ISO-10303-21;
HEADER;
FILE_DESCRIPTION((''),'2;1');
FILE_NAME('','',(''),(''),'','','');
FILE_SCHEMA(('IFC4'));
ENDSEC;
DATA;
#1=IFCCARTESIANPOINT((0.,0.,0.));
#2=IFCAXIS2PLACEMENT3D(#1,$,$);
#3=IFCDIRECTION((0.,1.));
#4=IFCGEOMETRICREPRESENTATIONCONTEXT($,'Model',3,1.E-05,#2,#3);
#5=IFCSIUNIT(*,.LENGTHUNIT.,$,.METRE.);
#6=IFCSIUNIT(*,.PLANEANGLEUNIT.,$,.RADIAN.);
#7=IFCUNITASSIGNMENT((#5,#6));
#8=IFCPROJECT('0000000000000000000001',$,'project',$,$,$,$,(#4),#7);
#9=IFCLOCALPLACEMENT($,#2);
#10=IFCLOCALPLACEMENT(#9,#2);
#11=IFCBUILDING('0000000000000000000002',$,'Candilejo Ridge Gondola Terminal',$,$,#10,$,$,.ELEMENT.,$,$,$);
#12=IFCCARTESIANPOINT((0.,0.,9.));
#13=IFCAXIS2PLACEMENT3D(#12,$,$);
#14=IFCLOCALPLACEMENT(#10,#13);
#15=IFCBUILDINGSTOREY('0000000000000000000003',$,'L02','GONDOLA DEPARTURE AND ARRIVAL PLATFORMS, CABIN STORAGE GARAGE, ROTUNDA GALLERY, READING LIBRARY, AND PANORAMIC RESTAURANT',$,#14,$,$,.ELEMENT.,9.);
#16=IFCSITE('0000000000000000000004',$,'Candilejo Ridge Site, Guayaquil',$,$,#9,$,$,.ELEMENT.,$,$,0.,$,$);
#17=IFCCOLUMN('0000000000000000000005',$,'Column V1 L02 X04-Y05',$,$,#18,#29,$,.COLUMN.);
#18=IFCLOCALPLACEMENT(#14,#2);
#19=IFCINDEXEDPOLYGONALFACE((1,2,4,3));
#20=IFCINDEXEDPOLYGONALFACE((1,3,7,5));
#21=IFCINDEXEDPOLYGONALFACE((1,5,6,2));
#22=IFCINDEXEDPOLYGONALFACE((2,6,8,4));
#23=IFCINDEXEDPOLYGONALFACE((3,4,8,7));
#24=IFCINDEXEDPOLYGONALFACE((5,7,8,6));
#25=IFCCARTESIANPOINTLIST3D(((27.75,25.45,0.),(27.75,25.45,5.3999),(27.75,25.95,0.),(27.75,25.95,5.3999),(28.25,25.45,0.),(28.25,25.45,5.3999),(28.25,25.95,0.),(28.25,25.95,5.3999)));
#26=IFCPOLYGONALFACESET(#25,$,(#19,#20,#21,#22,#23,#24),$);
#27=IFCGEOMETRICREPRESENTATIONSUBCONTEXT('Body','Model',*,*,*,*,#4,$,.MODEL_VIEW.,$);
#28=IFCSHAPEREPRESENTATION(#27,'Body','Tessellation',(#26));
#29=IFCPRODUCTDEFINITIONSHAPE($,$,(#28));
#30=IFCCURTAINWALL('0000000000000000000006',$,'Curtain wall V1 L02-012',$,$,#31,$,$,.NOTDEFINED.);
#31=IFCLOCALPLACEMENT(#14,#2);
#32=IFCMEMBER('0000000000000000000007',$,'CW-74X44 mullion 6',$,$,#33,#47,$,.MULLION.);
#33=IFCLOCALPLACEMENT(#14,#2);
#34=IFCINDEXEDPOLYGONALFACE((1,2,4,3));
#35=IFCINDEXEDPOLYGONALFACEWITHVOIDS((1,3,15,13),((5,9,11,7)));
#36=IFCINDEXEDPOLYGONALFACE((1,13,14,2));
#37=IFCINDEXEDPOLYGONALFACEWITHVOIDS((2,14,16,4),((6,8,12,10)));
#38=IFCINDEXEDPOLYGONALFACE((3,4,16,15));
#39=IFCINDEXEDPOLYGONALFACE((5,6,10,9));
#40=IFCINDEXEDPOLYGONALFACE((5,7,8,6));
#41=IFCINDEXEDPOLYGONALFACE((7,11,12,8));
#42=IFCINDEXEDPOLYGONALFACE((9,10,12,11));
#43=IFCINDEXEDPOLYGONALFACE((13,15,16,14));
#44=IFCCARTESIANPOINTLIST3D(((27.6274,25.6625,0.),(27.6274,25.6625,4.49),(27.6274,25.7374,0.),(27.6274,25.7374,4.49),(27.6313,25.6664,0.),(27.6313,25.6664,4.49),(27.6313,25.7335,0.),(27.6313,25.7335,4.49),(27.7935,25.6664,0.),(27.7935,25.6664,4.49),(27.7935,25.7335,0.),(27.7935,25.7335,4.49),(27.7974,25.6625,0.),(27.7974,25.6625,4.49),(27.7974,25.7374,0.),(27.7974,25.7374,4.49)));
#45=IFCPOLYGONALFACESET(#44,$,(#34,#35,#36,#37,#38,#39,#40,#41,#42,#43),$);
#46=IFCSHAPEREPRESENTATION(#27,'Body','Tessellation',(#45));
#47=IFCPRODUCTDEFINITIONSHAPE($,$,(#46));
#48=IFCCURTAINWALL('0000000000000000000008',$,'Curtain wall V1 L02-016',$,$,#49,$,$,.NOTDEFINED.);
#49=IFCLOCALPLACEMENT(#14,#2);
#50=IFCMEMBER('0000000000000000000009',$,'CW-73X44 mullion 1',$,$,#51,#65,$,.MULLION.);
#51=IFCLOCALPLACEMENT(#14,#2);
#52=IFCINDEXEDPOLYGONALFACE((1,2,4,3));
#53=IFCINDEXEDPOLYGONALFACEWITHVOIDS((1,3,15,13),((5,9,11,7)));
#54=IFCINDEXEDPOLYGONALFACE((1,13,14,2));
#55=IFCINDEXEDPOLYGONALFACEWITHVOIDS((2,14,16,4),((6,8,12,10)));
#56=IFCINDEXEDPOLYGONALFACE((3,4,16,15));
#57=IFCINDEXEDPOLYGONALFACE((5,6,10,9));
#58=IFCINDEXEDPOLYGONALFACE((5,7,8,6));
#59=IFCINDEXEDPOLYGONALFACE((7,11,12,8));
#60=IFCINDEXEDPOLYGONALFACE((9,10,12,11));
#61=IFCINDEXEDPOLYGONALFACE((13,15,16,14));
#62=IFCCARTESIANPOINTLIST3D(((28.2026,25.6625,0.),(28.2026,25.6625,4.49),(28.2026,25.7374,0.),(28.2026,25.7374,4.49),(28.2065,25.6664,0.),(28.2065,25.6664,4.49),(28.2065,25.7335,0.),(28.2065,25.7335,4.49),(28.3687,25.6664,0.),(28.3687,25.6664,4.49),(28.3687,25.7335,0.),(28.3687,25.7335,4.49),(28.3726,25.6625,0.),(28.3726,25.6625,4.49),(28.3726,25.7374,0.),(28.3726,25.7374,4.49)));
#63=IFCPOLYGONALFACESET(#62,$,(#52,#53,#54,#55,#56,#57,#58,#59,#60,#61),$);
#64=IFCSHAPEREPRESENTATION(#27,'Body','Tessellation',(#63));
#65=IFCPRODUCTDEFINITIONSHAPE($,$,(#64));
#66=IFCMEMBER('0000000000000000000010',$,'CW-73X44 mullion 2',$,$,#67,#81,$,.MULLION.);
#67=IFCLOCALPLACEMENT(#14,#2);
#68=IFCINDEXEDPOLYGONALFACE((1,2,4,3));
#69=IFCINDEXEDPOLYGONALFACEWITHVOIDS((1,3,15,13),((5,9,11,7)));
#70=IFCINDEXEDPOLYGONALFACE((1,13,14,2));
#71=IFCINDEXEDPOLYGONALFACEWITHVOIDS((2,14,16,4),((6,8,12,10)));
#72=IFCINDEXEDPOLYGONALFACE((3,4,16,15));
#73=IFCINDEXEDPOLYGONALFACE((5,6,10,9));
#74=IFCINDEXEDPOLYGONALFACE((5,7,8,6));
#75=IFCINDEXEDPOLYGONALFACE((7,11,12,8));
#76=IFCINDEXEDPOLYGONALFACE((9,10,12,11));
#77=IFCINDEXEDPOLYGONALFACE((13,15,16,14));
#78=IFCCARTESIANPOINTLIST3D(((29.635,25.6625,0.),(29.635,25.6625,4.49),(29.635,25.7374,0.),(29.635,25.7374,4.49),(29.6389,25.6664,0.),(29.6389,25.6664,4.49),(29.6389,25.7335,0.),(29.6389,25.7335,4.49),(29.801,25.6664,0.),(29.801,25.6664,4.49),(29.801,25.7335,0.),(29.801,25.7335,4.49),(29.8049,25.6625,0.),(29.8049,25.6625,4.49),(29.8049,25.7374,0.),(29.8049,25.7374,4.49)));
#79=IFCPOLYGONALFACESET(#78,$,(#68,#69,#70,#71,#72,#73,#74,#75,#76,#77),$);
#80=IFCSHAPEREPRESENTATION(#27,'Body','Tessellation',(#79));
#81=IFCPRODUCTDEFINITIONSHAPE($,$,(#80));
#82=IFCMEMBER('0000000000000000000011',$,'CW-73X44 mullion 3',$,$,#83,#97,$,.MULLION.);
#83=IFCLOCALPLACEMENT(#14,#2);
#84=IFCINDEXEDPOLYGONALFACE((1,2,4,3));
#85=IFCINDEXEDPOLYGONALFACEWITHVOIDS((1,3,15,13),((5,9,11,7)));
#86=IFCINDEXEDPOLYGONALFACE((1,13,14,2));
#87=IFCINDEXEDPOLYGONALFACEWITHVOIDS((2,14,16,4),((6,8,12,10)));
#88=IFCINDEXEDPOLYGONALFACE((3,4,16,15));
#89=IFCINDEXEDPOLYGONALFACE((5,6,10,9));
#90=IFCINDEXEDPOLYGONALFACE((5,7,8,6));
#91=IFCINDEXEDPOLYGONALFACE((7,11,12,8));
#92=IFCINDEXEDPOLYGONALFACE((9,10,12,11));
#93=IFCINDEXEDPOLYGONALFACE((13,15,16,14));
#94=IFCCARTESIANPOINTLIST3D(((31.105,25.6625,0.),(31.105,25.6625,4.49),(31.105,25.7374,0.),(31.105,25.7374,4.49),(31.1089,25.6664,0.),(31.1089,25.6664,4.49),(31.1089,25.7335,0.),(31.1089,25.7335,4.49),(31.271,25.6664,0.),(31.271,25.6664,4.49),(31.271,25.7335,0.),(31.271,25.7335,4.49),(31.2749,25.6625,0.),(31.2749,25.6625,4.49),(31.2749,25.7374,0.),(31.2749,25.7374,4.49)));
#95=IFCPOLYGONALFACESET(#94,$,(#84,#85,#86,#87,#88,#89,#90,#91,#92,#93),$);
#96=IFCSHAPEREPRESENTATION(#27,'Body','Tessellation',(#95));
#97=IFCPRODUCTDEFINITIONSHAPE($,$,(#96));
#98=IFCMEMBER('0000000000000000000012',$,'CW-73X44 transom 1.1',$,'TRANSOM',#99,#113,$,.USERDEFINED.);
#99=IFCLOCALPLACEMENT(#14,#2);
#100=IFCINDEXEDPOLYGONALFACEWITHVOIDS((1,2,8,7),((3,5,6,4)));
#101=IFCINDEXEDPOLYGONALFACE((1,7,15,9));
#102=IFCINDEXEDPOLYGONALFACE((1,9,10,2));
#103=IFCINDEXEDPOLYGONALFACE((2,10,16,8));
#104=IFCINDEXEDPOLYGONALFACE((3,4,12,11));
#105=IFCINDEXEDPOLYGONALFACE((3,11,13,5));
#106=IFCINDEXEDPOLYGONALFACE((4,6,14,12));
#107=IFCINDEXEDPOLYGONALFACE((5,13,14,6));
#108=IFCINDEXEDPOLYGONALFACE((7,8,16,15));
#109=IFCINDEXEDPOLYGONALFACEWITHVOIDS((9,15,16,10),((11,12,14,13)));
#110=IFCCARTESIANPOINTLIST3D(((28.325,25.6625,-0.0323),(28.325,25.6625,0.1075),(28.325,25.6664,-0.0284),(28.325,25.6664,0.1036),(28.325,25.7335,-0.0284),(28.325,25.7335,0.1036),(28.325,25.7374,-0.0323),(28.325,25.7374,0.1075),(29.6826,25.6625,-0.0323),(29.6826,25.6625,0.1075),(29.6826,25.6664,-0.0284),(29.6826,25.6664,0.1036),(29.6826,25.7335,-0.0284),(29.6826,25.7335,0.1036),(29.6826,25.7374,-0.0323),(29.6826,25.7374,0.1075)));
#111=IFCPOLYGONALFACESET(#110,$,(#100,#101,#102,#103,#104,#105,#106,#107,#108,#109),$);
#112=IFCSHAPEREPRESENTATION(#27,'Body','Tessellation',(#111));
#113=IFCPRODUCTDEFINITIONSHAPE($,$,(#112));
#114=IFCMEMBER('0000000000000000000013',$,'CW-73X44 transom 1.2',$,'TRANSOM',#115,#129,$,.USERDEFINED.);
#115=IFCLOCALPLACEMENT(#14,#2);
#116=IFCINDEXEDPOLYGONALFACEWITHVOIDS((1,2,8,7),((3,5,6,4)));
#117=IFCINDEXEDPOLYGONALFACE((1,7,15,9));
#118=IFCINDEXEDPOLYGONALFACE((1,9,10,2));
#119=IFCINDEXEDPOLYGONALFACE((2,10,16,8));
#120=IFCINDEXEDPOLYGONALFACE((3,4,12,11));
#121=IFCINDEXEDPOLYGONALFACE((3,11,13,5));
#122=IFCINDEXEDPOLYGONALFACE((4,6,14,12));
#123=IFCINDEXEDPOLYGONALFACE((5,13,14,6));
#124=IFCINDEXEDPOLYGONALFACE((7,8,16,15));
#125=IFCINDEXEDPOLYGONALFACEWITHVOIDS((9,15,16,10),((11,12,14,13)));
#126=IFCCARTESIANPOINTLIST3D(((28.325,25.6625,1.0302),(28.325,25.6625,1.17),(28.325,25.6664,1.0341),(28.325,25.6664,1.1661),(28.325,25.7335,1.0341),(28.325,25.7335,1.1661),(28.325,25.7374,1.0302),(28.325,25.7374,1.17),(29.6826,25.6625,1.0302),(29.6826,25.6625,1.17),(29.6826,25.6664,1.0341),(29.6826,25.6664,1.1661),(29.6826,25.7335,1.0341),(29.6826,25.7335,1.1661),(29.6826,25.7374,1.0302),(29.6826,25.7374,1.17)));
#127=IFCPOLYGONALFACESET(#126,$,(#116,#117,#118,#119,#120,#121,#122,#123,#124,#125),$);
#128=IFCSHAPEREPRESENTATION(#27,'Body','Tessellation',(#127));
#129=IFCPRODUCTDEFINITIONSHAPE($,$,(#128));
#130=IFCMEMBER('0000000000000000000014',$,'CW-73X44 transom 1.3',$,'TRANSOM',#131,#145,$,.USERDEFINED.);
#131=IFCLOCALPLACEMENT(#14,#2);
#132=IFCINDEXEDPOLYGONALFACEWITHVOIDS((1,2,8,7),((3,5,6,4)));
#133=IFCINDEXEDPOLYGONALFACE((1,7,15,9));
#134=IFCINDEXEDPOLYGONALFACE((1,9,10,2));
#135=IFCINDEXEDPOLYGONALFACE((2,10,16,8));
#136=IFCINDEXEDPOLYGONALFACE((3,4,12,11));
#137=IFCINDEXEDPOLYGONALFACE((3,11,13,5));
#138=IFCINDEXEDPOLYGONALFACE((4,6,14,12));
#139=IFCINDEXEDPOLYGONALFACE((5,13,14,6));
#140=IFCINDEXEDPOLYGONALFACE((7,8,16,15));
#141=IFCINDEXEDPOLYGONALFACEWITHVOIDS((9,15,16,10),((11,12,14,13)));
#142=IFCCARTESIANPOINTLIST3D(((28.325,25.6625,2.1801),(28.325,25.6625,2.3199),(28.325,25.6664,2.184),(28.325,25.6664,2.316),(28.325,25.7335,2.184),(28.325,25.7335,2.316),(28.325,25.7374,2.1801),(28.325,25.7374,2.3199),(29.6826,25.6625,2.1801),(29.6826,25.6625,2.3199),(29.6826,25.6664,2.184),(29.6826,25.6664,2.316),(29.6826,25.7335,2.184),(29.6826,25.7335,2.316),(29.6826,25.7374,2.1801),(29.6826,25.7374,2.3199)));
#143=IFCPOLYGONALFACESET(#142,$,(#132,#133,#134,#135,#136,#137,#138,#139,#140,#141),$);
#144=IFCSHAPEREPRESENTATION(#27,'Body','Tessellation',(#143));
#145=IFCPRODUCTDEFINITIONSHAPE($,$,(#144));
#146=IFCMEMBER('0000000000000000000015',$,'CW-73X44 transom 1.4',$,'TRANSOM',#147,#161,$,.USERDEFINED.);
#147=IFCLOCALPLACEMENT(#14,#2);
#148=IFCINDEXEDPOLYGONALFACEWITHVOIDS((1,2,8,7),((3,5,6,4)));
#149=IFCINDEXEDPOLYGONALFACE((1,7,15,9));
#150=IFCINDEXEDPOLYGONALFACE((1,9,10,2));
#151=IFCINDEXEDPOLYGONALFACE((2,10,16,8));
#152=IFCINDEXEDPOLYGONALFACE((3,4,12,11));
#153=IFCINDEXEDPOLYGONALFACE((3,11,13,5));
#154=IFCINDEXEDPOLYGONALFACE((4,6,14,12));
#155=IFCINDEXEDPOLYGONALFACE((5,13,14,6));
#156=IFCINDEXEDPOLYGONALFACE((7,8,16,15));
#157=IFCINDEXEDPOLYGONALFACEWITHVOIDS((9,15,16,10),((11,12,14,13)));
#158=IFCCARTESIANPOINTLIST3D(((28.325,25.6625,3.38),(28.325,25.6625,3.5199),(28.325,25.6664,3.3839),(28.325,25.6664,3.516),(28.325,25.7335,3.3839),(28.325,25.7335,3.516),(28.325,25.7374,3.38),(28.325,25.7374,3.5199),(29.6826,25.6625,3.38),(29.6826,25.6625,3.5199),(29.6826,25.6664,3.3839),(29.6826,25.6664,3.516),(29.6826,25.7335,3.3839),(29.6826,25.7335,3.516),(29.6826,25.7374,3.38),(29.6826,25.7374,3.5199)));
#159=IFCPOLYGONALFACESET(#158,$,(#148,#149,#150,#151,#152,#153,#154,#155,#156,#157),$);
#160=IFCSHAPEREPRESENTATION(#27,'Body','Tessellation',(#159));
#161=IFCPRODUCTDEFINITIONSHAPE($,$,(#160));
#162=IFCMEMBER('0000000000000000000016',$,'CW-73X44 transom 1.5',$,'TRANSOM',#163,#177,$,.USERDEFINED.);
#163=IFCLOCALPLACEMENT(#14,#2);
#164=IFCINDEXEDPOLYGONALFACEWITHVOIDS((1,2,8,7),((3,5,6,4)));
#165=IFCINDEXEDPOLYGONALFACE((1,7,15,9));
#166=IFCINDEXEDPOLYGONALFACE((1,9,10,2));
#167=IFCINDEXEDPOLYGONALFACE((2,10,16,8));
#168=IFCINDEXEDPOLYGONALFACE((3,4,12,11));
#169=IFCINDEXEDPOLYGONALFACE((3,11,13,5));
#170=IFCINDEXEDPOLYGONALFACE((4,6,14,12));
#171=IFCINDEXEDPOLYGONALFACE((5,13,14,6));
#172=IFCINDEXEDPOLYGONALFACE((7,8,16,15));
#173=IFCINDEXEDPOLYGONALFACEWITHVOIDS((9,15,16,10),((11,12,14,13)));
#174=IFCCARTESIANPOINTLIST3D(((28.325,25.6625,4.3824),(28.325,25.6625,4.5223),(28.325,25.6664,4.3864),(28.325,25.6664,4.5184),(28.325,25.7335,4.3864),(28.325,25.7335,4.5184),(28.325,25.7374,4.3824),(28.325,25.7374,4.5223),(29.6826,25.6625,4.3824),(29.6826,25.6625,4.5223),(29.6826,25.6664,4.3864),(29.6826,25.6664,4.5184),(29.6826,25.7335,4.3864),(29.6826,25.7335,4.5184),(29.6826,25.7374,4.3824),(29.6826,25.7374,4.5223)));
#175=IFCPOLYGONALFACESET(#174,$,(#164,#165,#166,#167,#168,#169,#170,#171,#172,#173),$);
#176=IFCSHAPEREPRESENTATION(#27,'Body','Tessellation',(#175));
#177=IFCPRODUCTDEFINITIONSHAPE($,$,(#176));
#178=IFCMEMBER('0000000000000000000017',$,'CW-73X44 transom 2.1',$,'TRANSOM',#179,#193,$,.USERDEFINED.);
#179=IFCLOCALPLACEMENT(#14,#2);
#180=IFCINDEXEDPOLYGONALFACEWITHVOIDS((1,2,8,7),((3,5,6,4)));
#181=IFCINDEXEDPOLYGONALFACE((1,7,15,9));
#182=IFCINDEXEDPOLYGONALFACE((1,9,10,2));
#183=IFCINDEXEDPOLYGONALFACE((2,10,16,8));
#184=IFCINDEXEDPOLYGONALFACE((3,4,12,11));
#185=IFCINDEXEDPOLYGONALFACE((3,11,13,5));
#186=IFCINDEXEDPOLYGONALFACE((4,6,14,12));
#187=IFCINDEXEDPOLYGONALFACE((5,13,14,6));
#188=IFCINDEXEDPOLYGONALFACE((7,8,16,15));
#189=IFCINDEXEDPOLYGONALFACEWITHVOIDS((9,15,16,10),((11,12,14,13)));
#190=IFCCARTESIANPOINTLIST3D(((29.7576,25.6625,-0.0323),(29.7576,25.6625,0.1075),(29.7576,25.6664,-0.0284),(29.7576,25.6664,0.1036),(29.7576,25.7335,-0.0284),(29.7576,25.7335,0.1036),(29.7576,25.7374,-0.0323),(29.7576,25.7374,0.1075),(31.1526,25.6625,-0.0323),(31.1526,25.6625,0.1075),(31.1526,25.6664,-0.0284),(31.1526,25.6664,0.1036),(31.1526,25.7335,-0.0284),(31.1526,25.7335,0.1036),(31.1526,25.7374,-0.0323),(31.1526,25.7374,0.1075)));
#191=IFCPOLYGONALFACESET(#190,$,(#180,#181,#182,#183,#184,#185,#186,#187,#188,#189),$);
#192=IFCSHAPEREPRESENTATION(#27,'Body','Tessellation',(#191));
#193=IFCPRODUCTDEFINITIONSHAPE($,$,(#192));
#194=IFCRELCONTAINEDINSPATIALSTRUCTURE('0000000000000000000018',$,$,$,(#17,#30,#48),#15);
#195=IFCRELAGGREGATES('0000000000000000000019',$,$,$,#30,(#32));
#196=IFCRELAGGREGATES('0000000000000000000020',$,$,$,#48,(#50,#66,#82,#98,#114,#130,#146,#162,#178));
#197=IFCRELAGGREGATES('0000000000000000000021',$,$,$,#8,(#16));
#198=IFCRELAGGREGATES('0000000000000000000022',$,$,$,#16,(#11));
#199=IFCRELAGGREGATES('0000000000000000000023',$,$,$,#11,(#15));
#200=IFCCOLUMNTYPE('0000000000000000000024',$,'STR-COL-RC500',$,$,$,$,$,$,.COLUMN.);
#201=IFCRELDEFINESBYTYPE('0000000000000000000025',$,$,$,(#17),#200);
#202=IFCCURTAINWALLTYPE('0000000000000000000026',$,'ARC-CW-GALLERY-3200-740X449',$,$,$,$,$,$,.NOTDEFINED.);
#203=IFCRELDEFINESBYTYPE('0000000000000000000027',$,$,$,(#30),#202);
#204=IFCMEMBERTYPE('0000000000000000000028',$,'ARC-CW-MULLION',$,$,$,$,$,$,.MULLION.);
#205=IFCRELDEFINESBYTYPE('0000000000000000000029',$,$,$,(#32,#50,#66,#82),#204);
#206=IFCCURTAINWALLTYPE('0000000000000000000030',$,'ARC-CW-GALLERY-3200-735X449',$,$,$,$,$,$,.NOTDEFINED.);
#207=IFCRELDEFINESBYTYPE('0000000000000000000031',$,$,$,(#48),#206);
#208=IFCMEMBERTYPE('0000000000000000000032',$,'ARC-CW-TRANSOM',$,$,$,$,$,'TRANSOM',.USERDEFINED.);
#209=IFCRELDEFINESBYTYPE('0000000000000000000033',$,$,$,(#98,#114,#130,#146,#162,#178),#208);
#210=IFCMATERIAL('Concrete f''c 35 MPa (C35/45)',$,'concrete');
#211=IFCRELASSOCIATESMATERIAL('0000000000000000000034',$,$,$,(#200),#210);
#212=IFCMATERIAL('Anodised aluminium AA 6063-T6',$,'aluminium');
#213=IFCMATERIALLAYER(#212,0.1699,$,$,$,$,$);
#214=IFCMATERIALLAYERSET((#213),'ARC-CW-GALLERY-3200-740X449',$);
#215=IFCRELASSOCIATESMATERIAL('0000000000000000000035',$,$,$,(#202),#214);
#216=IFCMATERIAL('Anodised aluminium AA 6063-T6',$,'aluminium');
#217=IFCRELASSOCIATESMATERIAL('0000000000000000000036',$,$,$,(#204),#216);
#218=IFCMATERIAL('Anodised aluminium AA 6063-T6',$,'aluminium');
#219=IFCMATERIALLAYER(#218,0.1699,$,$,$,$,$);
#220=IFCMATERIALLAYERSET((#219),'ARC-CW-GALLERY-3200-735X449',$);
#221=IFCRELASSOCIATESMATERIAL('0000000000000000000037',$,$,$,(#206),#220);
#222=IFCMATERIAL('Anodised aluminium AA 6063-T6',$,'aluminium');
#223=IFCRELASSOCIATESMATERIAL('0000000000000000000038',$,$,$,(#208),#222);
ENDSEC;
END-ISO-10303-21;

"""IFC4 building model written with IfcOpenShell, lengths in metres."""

from ifc_helpers import new_model, si_unit, direction, frame, origin, origin_2d, place, context, subcontext, project, spatial, rectangle, hollow_rectangle, extrude, material, layer, layer_set, material_profile, profile_set, type_object, element, aggregate, save


model = new_model("IFC4")

# Units and contexts
model_context = context("Model", 3, precision=1e-05, world=origin(), true_north=direction((0.0, 1.0)))
body_context = subcontext(model_context, "Body", "Model", "MODEL_VIEW")
ifc_project = project(units=[si_unit("LENGTHUNIT", "METRE"), si_unit("PLANEANGLEUNIT", "RADIAN")], contexts=[model_context])

# Site, building, storey
site_placement = place(None, origin())
site = spatial("IfcSite", under=ifc_project, at=site_placement, Name="Candilejo Ridge Site, Guayaquil", CompositionType="ELEMENT", RefElevation=0.0)
building_placement = place(site_placement, origin())
building = spatial("IfcBuilding", under=site, at=building_placement, Name="Candilejo Ridge Gondola Terminal", CompositionType="ELEMENT")
storey_placement = place(building_placement, frame((0.0, 0.0, 9.0)))
storey = spatial("IfcBuildingStorey", under=building, at=storey_placement, Name="L02", Description="GONDOLA DEPARTURE AND ARRIVAL PLATFORMS, CABIN STORAGE GARAGE, ROTUNDA GALLERY, READING LIBRARY, AND PANORAMIC RESTAURANT", CompositionType="ELEMENT", Elevation=9.0)

# Column
ifc_material_1 = material(Name="Concrete f'c 35 MPa (C35/45)", Category="concrete")
ifc_material_profile_1 = material_profile(ifc_material_1, rectangle(XDim=0.5, YDim=0.5, at=origin_2d()))
ifc_profile_set_1 = profile_set([ifc_material_profile_1], Name="Concrete f'c 35 MPa (C35/45)")
column_type = type_object("IfcColumnType", Name="STR-COL-RC500", PredefinedType="COLUMN", material=ifc_profile_set_1)
column_placement = place(storey_placement, frame((28.0, 25.7, 0.0), z_axis=(0.0, 0.0, 1.0), x_axis=(1.0, 0.0, 0.0)))
element("IfcColumn", 1, at=column_placement, inside=storey, type_object=column_type, Name="Column V1 L02 X04-Y05", PredefinedType="COLUMN", context=body_context, shape_type="SweptSolid", body=[
    extrude(rectangle(XDim=0.5, YDim=0.5, at=origin_2d()), origin(), (0.0, 0.0, 1.0), 5.3999),
])

# Curtain wall, member
ifc_material_2 = material(Name="Anodised aluminium AA 6063-T6", Category="aluminium")
ifc_layer_1 = layer(ifc_material_2, 0.1699)
ifc_layer_set_1 = layer_set([ifc_layer_1], Name="ARC-CW-GALLERY-3200-740X449")
curtain_wall_type_1 = type_object("IfcCurtainWallType", Name="ARC-CW-GALLERY-3200-740X449", PredefinedType="NOTDEFINED", material=ifc_layer_set_1)
curtain_wall_1_placement = place(storey_placement, origin())
curtain_wall_1 = element("IfcCurtainWall", 2, at=curtain_wall_1_placement, inside=storey, type_object=curtain_wall_type_1, Name="Curtain wall V1 L02-012", PredefinedType="NOTDEFINED")
ifc_material_3 = material(Name="Anodised aluminium AA 6063-T6", Category="aluminium")
ifc_material_profile_2 = material_profile(ifc_material_3, hollow_rectangle(XDim=0.075, YDim=0.1699, WallThickness=0.0039, at=origin_2d()))
ifc_profile_set_2 = profile_set([ifc_material_profile_2], Name="Anodised aluminium AA 6063-T6")
member_type_1 = type_object("IfcMemberType", Name="ARC-CW-MULLION", PredefinedType="MULLION", material=ifc_profile_set_2)
member_1_placement = place(storey_placement, frame((27.7124, 25.7, 0.0), z_axis=(0.0, 0.0, 1.0), x_axis=(0.0, 1.0, 0.0)))
member_1 = element("IfcMember", 3, at=member_1_placement, type_object=member_type_1, Name="CW-74X44 mullion 6", PredefinedType="MULLION", context=body_context, shape_type="SweptSolid", body=[
    extrude(hollow_rectangle(XDim=0.075, YDim=0.1699, WallThickness=0.0039, at=origin_2d()), origin(), (0.0, 0.0, 1.0), 4.49),
])

# Curtain wall, members
ifc_material_4 = material(Name="Anodised aluminium AA 6063-T6", Category="aluminium")
ifc_layer_2 = layer(ifc_material_4, 0.1699)
ifc_layer_set_2 = layer_set([ifc_layer_2], Name="ARC-CW-GALLERY-3200-735X449")
curtain_wall_type_2 = type_object("IfcCurtainWallType", Name="ARC-CW-GALLERY-3200-735X449", PredefinedType="NOTDEFINED", material=ifc_layer_set_2)
curtain_wall_2_placement = place(storey_placement, origin())
curtain_wall_2 = element("IfcCurtainWall", 4, at=curtain_wall_2_placement, inside=storey, type_object=curtain_wall_type_2, Name="Curtain wall V1 L02-016", PredefinedType="NOTDEFINED")
member_2_placement = place(storey_placement, frame((28.2876, 25.7, 0.0), z_axis=(0.0, 0.0, 1.0), x_axis=(0.0, 1.0, 0.0)))
member_2 = element("IfcMember", 5, at=member_2_placement, type_object=member_type_1, Name="CW-73X44 mullion 1", PredefinedType="MULLION", context=body_context, shape_type="SweptSolid", body=[
    extrude(hollow_rectangle(XDim=0.075, YDim=0.1699, WallThickness=0.0039, at=origin_2d()), origin(), (0.0, 0.0, 1.0), 4.49),
])
member_3_placement = place(storey_placement, frame((29.72, 25.7, 0.0), z_axis=(0.0, 0.0, 1.0), x_axis=(0.0, 1.0, 0.0)))
member_3 = element("IfcMember", 6, at=member_3_placement, type_object=member_type_1, Name="CW-73X44 mullion 2", PredefinedType="MULLION", context=body_context, shape_type="SweptSolid", body=[
    extrude(hollow_rectangle(XDim=0.075, YDim=0.1699, WallThickness=0.0039, at=origin_2d()), origin(), (0.0, 0.0, 1.0), 4.49),
])
member_4_placement = place(storey_placement, frame((31.1899, 25.7, 0.0), z_axis=(0.0, 0.0, 1.0), x_axis=(0.0, 1.0, 0.0)))
member_4 = element("IfcMember", 7, at=member_4_placement, type_object=member_type_1, Name="CW-73X44 mullion 3", PredefinedType="MULLION", context=body_context, shape_type="SweptSolid", body=[
    extrude(hollow_rectangle(XDim=0.075, YDim=0.1699, WallThickness=0.0039, at=origin_2d()), origin(), (0.0, 0.0, 1.0), 4.49),
])
ifc_material_5 = material(Name="Anodised aluminium AA 6063-T6", Category="aluminium")
ifc_material_profile_3 = material_profile(ifc_material_5, hollow_rectangle(XDim=0.075, YDim=0.1399, WallThickness=0.0039, at=origin_2d()))
ifc_profile_set_3 = profile_set([ifc_material_profile_3], Name="Anodised aluminium AA 6063-T6")
member_type_2 = type_object("IfcMemberType", Name="ARC-CW-TRANSOM", ElementType="TRANSOM", PredefinedType="USERDEFINED", material=ifc_profile_set_3)
member_5_placement = place(storey_placement, frame((28.325, 25.7, 0.0376), z_axis=(1.0, 0.0, 0.0), x_axis=(0.0, 1.0, 0.0)))
member_5 = element("IfcMember", 8, at=member_5_placement, type_object=member_type_2, Name="CW-73X44 transom 1.1", ObjectType="TRANSOM", PredefinedType="USERDEFINED", context=body_context, shape_type="SweptSolid", body=[
    extrude(hollow_rectangle(XDim=0.075, YDim=0.1399, WallThickness=0.0039, at=origin_2d()), origin(), (0.0, 0.0, 1.0), 1.3577),
])
member_6_placement = place(storey_placement, frame((28.325, 25.7, 1.1001), z_axis=(1.0, 0.0, 0.0), x_axis=(0.0, 1.0, 0.0)))
member_6 = element("IfcMember", 9, at=member_6_placement, type_object=member_type_2, Name="CW-73X44 transom 1.2", ObjectType="TRANSOM", PredefinedType="USERDEFINED", context=body_context, shape_type="SweptSolid", body=[
    extrude(hollow_rectangle(XDim=0.075, YDim=0.1399, WallThickness=0.0039, at=origin_2d()), origin(), (0.0, 0.0, 1.0), 1.3577),
])
member_7_placement = place(storey_placement, frame((28.325, 25.7, 2.25), z_axis=(1.0, 0.0, 0.0), x_axis=(0.0, 1.0, 0.0)))
member_7 = element("IfcMember", 10, at=member_7_placement, type_object=member_type_2, Name="CW-73X44 transom 1.3", ObjectType="TRANSOM", PredefinedType="USERDEFINED", context=body_context, shape_type="SweptSolid", body=[
    extrude(hollow_rectangle(XDim=0.075, YDim=0.1399, WallThickness=0.0039, at=origin_2d()), origin(), (0.0, 0.0, 1.0), 1.3577),
])
member_8_placement = place(storey_placement, frame((28.325, 25.7, 3.45), z_axis=(1.0, 0.0, 0.0), x_axis=(0.0, 1.0, 0.0)))
member_8 = element("IfcMember", 11, at=member_8_placement, type_object=member_type_2, Name="CW-73X44 transom 1.4", ObjectType="TRANSOM", PredefinedType="USERDEFINED", context=body_context, shape_type="SweptSolid", body=[
    extrude(hollow_rectangle(XDim=0.075, YDim=0.1399, WallThickness=0.0039, at=origin_2d()), origin(), (0.0, 0.0, 1.0), 1.3577),
])
member_9_placement = place(storey_placement, frame((28.325, 25.7, 4.4524), z_axis=(1.0, 0.0, 0.0), x_axis=(0.0, 1.0, 0.0)))
member_9 = element("IfcMember", 12, at=member_9_placement, type_object=member_type_2, Name="CW-73X44 transom 1.5", ObjectType="TRANSOM", PredefinedType="USERDEFINED", context=body_context, shape_type="SweptSolid", body=[
    extrude(hollow_rectangle(XDim=0.075, YDim=0.1399, WallThickness=0.0039, at=origin_2d()), origin(), (0.0, 0.0, 1.0), 1.3577),
])
member_10_placement = place(storey_placement, frame((29.7576, 25.7, 0.0376), z_axis=(1.0, 0.0, 0.0), x_axis=(0.0, 1.0, 0.0)))
member_10 = element("IfcMember", 13, at=member_10_placement, type_object=member_type_2, Name="CW-73X44 transom 2.1", ObjectType="TRANSOM", PredefinedType="USERDEFINED", context=body_context, shape_type="SweptSolid", body=[
    extrude(hollow_rectangle(XDim=0.075, YDim=0.1399, WallThickness=0.0039, at=origin_2d()), origin(), (0.0, 0.0, 1.0), 1.395),
])

aggregate(curtain_wall_1, [member_1])
aggregate(curtain_wall_2, [member_2, member_3, member_4, member_5, member_6, member_7, member_8, member_9, member_10])

save(model, "model.ifc")
